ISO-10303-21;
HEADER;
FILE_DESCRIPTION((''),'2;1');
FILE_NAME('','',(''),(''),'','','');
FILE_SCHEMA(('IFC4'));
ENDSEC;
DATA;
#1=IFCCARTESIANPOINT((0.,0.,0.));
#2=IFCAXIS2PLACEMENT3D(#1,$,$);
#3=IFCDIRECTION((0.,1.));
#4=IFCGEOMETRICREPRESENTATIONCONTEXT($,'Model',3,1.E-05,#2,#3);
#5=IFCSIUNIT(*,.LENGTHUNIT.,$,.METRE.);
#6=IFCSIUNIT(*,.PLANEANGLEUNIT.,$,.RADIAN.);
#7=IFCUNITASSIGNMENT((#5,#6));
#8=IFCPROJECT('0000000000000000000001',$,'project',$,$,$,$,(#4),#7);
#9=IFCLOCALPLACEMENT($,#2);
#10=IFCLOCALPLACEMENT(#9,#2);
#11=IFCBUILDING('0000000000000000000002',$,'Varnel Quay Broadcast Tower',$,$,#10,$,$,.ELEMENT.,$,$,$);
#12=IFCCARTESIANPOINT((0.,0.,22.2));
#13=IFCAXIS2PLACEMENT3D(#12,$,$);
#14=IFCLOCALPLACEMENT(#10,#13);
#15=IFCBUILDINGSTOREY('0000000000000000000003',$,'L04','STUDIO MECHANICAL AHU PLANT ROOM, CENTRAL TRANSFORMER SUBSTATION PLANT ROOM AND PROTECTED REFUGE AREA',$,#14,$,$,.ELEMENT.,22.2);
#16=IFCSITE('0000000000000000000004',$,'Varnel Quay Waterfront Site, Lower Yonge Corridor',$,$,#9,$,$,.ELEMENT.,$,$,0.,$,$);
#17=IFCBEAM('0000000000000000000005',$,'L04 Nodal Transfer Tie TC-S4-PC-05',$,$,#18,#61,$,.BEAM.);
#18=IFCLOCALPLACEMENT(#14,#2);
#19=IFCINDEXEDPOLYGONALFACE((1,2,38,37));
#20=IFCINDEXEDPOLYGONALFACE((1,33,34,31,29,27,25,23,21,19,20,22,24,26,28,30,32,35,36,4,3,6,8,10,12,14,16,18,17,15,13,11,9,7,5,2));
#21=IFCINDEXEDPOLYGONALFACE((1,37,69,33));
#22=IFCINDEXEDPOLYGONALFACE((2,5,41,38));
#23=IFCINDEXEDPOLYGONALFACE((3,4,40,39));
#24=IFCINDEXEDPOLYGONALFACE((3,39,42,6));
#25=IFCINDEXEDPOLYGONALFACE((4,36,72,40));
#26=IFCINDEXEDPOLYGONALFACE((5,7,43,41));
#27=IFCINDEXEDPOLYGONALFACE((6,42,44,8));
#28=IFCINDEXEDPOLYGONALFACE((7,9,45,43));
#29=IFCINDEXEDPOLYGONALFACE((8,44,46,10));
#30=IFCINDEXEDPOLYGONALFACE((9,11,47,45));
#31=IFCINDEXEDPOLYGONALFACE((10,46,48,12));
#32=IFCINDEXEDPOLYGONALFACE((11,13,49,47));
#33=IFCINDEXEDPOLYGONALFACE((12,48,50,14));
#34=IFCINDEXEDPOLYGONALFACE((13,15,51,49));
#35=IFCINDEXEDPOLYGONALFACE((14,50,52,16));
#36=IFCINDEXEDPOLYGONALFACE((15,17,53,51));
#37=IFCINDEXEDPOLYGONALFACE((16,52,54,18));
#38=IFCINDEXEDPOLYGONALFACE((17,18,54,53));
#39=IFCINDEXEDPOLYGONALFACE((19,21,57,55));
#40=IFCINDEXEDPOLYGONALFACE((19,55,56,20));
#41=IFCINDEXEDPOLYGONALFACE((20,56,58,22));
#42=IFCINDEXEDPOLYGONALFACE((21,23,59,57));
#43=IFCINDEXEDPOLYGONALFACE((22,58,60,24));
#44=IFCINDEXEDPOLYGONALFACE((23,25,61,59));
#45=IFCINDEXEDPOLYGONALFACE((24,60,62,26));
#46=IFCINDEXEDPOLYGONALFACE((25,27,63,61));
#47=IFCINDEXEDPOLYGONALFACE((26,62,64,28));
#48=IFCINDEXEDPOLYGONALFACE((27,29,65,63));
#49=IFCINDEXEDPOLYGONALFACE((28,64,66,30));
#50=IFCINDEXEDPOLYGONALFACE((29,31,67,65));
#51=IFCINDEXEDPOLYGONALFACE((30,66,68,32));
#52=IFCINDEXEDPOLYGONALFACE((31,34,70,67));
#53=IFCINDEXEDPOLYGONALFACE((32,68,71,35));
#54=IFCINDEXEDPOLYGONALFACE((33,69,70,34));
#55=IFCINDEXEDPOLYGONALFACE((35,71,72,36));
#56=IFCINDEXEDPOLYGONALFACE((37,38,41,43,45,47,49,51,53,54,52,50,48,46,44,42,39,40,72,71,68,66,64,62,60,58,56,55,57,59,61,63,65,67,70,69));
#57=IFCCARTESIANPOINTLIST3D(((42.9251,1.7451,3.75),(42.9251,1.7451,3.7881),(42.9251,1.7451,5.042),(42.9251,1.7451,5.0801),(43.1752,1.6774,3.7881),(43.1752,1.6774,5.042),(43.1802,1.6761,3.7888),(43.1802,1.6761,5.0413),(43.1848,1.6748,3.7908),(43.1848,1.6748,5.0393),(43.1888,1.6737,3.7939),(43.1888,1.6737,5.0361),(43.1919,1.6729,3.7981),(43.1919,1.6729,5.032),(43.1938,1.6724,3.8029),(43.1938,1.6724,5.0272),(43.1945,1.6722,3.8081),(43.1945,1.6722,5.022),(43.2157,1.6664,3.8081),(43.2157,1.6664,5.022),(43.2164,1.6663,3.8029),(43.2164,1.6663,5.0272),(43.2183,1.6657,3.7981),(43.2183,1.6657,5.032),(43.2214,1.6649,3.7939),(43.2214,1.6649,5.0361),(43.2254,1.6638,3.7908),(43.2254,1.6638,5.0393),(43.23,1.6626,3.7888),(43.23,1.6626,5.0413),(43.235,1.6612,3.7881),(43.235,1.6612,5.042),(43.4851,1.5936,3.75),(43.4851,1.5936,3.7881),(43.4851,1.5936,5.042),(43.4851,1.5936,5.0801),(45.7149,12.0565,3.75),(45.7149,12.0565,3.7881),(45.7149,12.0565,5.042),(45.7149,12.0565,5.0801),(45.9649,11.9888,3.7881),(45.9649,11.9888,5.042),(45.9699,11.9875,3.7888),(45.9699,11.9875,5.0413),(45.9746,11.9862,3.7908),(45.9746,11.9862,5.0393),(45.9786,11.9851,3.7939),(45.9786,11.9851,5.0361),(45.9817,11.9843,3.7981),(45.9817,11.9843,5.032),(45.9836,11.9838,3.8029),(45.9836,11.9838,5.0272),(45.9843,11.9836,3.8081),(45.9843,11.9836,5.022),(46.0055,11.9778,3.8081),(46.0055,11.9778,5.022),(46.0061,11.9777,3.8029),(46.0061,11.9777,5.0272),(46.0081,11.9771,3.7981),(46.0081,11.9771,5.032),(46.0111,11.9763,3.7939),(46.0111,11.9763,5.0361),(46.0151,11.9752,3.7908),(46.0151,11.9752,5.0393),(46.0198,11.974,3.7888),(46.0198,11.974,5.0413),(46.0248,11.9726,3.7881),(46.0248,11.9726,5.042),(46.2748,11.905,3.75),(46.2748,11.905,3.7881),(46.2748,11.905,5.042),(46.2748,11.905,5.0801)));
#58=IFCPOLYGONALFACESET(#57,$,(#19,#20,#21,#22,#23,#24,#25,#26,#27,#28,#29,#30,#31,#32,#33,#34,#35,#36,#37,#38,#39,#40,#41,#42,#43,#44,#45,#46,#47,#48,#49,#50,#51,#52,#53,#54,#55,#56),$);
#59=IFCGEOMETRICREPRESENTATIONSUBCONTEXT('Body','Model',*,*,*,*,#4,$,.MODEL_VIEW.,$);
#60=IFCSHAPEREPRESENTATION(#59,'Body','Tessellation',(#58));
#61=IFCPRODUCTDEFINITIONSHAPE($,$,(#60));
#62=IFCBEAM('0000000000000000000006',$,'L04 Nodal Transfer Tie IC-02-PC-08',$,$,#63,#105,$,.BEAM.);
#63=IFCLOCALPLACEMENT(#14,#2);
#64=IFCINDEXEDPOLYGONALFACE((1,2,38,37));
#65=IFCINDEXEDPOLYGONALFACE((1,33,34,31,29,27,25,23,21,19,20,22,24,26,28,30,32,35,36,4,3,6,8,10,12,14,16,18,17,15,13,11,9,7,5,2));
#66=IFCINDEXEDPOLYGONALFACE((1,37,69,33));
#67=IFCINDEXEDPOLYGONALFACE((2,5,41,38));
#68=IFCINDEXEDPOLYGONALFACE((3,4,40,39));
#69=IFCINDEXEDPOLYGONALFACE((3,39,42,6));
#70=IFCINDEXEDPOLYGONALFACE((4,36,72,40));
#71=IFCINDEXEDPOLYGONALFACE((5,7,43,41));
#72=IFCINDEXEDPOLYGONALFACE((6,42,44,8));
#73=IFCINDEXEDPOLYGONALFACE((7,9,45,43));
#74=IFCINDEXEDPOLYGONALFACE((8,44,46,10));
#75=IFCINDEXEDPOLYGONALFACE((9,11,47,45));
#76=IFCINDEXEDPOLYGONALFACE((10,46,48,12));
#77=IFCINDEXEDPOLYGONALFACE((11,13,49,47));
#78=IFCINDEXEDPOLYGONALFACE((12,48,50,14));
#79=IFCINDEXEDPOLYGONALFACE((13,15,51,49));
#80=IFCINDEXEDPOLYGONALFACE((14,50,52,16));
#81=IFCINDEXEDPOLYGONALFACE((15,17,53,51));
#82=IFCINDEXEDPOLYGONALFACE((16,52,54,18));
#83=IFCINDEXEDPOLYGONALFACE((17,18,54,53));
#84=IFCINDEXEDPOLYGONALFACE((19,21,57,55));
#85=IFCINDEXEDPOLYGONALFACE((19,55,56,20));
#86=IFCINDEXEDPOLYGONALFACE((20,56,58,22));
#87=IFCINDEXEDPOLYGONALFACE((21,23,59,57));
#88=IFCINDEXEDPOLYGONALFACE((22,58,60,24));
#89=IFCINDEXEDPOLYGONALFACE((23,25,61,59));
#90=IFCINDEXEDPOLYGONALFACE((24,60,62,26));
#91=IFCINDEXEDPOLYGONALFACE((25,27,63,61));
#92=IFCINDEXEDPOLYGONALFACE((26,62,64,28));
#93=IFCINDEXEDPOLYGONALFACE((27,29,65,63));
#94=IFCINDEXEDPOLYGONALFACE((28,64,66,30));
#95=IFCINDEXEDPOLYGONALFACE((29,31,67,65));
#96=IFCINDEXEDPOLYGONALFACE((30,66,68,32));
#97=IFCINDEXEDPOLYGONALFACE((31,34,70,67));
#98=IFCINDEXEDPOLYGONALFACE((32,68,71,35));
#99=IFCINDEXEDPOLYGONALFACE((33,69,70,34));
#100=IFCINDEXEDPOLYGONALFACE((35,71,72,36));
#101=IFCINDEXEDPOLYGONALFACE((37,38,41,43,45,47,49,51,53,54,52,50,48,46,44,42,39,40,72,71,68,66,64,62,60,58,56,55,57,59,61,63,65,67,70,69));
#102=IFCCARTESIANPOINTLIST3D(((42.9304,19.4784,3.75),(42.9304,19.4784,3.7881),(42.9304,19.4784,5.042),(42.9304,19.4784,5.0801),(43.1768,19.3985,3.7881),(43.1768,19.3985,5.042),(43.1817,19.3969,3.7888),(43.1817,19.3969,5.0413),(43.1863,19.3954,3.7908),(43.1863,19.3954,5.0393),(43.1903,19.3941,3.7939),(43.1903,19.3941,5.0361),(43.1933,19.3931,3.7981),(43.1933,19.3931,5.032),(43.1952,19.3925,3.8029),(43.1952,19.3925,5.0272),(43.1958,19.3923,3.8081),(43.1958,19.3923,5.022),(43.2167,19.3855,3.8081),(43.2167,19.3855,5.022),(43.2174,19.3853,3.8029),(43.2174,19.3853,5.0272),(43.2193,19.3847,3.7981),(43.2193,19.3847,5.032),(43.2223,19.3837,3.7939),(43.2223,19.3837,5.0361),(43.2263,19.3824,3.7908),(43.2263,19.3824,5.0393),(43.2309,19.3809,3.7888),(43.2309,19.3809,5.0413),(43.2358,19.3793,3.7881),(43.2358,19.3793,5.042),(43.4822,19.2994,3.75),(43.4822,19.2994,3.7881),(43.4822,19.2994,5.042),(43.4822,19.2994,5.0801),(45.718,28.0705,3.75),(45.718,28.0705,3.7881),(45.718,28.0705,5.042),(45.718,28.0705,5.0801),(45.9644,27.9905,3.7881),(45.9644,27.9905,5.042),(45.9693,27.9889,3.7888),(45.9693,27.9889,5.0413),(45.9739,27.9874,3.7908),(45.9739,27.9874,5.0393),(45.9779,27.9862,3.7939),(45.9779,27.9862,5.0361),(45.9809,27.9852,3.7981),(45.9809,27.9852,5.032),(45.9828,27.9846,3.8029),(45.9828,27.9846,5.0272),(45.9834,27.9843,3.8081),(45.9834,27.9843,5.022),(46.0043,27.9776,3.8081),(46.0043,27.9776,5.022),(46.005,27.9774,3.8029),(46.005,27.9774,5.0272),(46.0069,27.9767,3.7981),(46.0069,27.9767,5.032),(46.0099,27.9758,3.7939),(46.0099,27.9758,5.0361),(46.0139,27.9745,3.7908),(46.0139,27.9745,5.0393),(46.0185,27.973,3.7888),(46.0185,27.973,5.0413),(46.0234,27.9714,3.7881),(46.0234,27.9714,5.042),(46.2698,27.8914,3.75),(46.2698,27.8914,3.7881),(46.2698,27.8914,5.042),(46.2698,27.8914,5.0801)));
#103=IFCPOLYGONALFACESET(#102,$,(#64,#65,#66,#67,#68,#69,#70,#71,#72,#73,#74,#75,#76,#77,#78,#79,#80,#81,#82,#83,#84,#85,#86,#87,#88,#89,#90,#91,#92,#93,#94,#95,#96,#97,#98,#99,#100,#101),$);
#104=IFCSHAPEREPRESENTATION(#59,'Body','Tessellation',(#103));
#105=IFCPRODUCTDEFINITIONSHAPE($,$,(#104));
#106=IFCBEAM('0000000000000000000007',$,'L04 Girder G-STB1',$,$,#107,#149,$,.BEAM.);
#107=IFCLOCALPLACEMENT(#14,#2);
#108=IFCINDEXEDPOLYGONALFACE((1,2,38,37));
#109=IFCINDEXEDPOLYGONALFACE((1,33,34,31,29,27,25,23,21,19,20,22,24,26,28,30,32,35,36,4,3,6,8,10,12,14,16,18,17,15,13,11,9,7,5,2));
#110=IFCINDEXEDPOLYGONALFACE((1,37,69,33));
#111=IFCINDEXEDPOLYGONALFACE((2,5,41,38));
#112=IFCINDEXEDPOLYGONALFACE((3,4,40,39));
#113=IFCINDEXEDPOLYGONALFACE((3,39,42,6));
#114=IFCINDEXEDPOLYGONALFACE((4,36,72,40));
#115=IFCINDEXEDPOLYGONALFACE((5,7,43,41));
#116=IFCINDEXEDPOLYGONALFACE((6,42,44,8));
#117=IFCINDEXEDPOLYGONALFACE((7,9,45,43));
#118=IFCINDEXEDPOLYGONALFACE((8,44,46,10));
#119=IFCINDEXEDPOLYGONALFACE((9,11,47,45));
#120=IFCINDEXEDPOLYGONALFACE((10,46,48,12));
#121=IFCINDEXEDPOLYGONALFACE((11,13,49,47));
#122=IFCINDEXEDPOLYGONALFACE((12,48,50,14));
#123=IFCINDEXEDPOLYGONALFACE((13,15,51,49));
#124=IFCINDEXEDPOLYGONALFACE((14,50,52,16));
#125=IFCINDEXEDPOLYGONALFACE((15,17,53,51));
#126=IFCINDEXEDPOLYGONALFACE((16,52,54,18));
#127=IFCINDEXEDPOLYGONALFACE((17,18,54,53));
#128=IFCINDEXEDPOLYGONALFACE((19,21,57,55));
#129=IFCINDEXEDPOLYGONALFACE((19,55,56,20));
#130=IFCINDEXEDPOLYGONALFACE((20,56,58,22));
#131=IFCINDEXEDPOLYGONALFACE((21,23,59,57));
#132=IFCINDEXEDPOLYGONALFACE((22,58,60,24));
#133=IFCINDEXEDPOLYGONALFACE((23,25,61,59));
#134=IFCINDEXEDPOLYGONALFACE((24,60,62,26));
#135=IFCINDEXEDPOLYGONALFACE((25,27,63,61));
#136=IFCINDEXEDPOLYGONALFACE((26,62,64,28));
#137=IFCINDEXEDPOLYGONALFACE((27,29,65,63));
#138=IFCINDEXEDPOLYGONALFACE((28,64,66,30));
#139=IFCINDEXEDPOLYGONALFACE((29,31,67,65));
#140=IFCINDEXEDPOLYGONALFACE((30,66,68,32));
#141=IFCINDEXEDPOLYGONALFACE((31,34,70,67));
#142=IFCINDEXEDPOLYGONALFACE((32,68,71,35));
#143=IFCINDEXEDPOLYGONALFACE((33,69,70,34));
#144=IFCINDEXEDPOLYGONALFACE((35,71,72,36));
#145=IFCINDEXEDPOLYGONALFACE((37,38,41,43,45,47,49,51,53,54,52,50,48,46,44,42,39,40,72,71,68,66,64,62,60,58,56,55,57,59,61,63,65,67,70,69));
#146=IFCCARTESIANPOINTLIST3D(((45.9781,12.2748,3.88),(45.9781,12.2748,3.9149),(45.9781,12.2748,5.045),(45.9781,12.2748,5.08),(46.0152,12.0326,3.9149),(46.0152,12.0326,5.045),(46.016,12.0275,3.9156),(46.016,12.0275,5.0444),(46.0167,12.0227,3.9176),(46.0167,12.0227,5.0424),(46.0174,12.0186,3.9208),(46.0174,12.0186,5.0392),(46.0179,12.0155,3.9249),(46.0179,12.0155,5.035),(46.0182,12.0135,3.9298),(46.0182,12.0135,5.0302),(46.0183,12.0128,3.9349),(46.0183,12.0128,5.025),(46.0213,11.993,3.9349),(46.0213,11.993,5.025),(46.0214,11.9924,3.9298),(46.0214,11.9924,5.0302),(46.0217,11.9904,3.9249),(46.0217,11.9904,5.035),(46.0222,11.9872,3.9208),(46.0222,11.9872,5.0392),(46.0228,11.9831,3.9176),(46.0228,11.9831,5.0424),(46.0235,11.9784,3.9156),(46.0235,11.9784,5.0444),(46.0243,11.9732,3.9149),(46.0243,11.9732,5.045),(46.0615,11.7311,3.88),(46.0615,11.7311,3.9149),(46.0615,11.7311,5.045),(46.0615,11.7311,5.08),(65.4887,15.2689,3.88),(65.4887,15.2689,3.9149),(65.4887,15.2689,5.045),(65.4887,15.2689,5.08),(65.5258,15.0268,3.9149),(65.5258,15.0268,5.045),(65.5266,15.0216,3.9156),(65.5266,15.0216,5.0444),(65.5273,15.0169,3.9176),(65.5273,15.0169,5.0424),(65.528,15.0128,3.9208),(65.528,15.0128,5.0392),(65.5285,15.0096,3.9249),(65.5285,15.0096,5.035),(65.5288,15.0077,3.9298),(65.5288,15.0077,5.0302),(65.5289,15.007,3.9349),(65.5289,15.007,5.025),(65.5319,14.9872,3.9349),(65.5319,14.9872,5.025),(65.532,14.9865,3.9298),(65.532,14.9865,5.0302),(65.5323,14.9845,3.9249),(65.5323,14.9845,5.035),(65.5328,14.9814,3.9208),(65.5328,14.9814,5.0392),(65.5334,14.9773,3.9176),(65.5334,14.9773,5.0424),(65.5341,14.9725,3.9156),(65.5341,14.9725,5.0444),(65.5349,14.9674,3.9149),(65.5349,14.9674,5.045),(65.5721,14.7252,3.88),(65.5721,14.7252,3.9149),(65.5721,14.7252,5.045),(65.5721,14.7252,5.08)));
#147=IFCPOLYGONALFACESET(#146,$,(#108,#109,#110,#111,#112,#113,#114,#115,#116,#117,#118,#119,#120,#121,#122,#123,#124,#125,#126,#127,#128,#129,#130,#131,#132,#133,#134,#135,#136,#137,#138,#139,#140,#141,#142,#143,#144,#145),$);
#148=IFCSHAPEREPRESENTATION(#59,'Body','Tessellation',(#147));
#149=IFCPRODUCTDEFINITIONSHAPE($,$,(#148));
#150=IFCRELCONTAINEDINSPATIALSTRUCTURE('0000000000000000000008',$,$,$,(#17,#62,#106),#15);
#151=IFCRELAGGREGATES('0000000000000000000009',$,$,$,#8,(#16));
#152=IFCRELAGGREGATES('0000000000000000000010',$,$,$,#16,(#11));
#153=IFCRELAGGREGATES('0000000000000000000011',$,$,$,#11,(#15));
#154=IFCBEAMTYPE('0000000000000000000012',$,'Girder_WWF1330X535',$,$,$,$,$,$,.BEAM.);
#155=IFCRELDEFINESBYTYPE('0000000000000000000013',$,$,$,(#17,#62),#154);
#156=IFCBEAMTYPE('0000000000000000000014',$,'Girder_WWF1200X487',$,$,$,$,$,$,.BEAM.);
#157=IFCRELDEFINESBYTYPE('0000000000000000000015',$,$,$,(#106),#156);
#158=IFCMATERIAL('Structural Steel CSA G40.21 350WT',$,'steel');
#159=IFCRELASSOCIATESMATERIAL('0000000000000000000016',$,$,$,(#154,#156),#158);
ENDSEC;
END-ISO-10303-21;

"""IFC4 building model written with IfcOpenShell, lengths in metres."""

from ifc_helpers import new_model, si_unit, direction, frame, origin, origin_2d, place, context, subcontext, project, spatial, i_section, extrude, source, transform, mapped, material, material_profile, profile_set, type_object, element, save


model = new_model("IFC4")

# Units and contexts
model_context = context("Model", 3, precision=1e-05, world=origin(), true_north=direction((0.0, 1.0)))
body_context = subcontext(model_context, "Body", "Model", "MODEL_VIEW")
ifc_project = project(units=[si_unit("LENGTHUNIT", "METRE"), si_unit("PLANEANGLEUNIT", "RADIAN")], contexts=[model_context])

# Site, building, storey
site_placement = place(None, origin())
site = spatial("IfcSite", under=ifc_project, at=site_placement, Name="Varnel Quay Waterfront Site, Lower Yonge Corridor", CompositionType="ELEMENT", RefElevation=0.0)
building_placement = place(site_placement, origin())
building = spatial("IfcBuilding", under=site, at=building_placement, Name="Varnel Quay Broadcast Tower", CompositionType="ELEMENT")
storey_placement = place(building_placement, frame((0.0, 0.0, 22.2)))
storey = spatial("IfcBuildingStorey", under=building, at=storey_placement, Name="L04", Description="STUDIO MECHANICAL AHU PLANT ROOM, CENTRAL TRANSFORMER SUBSTATION PLANT ROOM AND PROTECTED REFUGE AREA", CompositionType="ELEMENT", Elevation=22.2)

# Shared definitions
ifc_material_1 = material(Name="Structural Steel CSA G40.21 350WT", Category="steel")

# Beams
ifc_material_profile_1 = material_profile(ifc_material_1, i_section(OverallWidth=0.5801, OverallDepth=1.3301, WebThickness=0.022, FlangeThickness=0.0381, FilletRadius=0.02, at=origin_2d()), Name="WWF1330X535")
ifc_profile_set_1 = profile_set([ifc_material_profile_1], Name="Structural Steel CSA G40.21 350WT")
beam_type_1 = type_object("IfcBeamType", Name="Girder_WWF1330X535", PredefinedType="BEAM", material=ifc_profile_set_1)
shared_shape_1 = source(origin(), body_context, "Body", "SweptSolid", [
    extrude(i_section(OverallWidth=0.5801, OverallDepth=1.3301, WebThickness=0.022, FlangeThickness=0.0381, FilletRadius=0.02, at=origin_2d()), origin(), (0.0, 0.0, 1.0), 10.6821),
])
beam_1_placement = place(storey_placement, frame((45.9949, 11.9807, 4.415), z_axis=(-0.261162, -0.965295, 0.0), x_axis=(0.965295, -0.261162, 0.0)))
element("IfcBeam", 1, at=beam_1_placement, inside=storey, type_object=beam_type_1, Name="L04 Nodal Transfer Tie TC-S4-PC-05", PredefinedType="BEAM", context=body_context, shape_type="MappedRepresentation", body=[
    mapped(shared_shape_1, transform((0.0, 0.0, 0.0), x_axis=(1.0, 0.0, 0.0), y_axis=(0.0, 1.0, 0.0), z_axis=(0.0, 0.0, 1.0), scale=1.0)),
])
shared_shape_2 = source(origin(), body_context, "Body", "SweptSolid", [
    extrude(i_section(OverallWidth=0.5801, OverallDepth=1.3301, WebThickness=0.022, FlangeThickness=0.0381, FilletRadius=0.02, at=origin_2d()), origin(), (0.0, 0.0, 1.0), 9.033),
])
beam_2_placement = place(storey_placement, frame((45.9939, 27.981, 4.415), z_axis=(-0.308604, -0.951191, 0.0), x_axis=(0.951191, -0.308604, 0.0)))
element("IfcBeam", 2, at=beam_2_placement, inside=storey, type_object=beam_type_1, Name="L04 Nodal Transfer Tie IC-02-PC-08", PredefinedType="BEAM", context=body_context, shape_type="MappedRepresentation", body=[
    mapped(shared_shape_2, transform((0.0, 0.0, 0.0), x_axis=(1.0, 0.0, 0.0), y_axis=(0.0, 1.0, 0.0), z_axis=(0.0, 0.0, 1.0), scale=1.0)),
])
ifc_material_profile_2 = material_profile(ifc_material_1, i_section(OverallWidth=0.55, OverallDepth=1.2, WebThickness=0.02, FlangeThickness=0.0349, FilletRadius=0.02, at=origin_2d()), Name="WWF1200X487")
ifc_profile_set_2 = profile_set([ifc_material_profile_2], Name="Structural Steel CSA G40.21 350WT")
beam_type_2 = type_object("IfcBeamType", Name="Girder_WWF1200X487", PredefinedType="BEAM", material=ifc_profile_set_2)
shared_shape_3 = source(origin(), body_context, "Body", "SweptSolid", [
    extrude(i_section(OverallWidth=0.55, OverallDepth=1.2, WebThickness=0.02, FlangeThickness=0.0349, FilletRadius=0.02, at=origin_2d()), origin(), (0.0, 0.0, 1.0), 19.739),
])
beam_3_placement = place(storey_placement, frame((46.0198, 12.0029, 4.48), z_axis=(0.988429, 0.151687, 0.0), x_axis=(-0.151687, 0.988429, 0.0)))
element("IfcBeam", 3, at=beam_3_placement, inside=storey, type_object=beam_type_2, Name="L04 Girder G-STB1", PredefinedType="BEAM", context=body_context, shape_type="MappedRepresentation", body=[
    mapped(shared_shape_3, transform((0.0, 0.0, 0.0), x_axis=(1.0, 0.0, 0.0), y_axis=(0.0, 1.0, 0.0), z_axis=(0.0, 0.0, 1.0), scale=1.0)),
])

save(model, "model.ifc")
